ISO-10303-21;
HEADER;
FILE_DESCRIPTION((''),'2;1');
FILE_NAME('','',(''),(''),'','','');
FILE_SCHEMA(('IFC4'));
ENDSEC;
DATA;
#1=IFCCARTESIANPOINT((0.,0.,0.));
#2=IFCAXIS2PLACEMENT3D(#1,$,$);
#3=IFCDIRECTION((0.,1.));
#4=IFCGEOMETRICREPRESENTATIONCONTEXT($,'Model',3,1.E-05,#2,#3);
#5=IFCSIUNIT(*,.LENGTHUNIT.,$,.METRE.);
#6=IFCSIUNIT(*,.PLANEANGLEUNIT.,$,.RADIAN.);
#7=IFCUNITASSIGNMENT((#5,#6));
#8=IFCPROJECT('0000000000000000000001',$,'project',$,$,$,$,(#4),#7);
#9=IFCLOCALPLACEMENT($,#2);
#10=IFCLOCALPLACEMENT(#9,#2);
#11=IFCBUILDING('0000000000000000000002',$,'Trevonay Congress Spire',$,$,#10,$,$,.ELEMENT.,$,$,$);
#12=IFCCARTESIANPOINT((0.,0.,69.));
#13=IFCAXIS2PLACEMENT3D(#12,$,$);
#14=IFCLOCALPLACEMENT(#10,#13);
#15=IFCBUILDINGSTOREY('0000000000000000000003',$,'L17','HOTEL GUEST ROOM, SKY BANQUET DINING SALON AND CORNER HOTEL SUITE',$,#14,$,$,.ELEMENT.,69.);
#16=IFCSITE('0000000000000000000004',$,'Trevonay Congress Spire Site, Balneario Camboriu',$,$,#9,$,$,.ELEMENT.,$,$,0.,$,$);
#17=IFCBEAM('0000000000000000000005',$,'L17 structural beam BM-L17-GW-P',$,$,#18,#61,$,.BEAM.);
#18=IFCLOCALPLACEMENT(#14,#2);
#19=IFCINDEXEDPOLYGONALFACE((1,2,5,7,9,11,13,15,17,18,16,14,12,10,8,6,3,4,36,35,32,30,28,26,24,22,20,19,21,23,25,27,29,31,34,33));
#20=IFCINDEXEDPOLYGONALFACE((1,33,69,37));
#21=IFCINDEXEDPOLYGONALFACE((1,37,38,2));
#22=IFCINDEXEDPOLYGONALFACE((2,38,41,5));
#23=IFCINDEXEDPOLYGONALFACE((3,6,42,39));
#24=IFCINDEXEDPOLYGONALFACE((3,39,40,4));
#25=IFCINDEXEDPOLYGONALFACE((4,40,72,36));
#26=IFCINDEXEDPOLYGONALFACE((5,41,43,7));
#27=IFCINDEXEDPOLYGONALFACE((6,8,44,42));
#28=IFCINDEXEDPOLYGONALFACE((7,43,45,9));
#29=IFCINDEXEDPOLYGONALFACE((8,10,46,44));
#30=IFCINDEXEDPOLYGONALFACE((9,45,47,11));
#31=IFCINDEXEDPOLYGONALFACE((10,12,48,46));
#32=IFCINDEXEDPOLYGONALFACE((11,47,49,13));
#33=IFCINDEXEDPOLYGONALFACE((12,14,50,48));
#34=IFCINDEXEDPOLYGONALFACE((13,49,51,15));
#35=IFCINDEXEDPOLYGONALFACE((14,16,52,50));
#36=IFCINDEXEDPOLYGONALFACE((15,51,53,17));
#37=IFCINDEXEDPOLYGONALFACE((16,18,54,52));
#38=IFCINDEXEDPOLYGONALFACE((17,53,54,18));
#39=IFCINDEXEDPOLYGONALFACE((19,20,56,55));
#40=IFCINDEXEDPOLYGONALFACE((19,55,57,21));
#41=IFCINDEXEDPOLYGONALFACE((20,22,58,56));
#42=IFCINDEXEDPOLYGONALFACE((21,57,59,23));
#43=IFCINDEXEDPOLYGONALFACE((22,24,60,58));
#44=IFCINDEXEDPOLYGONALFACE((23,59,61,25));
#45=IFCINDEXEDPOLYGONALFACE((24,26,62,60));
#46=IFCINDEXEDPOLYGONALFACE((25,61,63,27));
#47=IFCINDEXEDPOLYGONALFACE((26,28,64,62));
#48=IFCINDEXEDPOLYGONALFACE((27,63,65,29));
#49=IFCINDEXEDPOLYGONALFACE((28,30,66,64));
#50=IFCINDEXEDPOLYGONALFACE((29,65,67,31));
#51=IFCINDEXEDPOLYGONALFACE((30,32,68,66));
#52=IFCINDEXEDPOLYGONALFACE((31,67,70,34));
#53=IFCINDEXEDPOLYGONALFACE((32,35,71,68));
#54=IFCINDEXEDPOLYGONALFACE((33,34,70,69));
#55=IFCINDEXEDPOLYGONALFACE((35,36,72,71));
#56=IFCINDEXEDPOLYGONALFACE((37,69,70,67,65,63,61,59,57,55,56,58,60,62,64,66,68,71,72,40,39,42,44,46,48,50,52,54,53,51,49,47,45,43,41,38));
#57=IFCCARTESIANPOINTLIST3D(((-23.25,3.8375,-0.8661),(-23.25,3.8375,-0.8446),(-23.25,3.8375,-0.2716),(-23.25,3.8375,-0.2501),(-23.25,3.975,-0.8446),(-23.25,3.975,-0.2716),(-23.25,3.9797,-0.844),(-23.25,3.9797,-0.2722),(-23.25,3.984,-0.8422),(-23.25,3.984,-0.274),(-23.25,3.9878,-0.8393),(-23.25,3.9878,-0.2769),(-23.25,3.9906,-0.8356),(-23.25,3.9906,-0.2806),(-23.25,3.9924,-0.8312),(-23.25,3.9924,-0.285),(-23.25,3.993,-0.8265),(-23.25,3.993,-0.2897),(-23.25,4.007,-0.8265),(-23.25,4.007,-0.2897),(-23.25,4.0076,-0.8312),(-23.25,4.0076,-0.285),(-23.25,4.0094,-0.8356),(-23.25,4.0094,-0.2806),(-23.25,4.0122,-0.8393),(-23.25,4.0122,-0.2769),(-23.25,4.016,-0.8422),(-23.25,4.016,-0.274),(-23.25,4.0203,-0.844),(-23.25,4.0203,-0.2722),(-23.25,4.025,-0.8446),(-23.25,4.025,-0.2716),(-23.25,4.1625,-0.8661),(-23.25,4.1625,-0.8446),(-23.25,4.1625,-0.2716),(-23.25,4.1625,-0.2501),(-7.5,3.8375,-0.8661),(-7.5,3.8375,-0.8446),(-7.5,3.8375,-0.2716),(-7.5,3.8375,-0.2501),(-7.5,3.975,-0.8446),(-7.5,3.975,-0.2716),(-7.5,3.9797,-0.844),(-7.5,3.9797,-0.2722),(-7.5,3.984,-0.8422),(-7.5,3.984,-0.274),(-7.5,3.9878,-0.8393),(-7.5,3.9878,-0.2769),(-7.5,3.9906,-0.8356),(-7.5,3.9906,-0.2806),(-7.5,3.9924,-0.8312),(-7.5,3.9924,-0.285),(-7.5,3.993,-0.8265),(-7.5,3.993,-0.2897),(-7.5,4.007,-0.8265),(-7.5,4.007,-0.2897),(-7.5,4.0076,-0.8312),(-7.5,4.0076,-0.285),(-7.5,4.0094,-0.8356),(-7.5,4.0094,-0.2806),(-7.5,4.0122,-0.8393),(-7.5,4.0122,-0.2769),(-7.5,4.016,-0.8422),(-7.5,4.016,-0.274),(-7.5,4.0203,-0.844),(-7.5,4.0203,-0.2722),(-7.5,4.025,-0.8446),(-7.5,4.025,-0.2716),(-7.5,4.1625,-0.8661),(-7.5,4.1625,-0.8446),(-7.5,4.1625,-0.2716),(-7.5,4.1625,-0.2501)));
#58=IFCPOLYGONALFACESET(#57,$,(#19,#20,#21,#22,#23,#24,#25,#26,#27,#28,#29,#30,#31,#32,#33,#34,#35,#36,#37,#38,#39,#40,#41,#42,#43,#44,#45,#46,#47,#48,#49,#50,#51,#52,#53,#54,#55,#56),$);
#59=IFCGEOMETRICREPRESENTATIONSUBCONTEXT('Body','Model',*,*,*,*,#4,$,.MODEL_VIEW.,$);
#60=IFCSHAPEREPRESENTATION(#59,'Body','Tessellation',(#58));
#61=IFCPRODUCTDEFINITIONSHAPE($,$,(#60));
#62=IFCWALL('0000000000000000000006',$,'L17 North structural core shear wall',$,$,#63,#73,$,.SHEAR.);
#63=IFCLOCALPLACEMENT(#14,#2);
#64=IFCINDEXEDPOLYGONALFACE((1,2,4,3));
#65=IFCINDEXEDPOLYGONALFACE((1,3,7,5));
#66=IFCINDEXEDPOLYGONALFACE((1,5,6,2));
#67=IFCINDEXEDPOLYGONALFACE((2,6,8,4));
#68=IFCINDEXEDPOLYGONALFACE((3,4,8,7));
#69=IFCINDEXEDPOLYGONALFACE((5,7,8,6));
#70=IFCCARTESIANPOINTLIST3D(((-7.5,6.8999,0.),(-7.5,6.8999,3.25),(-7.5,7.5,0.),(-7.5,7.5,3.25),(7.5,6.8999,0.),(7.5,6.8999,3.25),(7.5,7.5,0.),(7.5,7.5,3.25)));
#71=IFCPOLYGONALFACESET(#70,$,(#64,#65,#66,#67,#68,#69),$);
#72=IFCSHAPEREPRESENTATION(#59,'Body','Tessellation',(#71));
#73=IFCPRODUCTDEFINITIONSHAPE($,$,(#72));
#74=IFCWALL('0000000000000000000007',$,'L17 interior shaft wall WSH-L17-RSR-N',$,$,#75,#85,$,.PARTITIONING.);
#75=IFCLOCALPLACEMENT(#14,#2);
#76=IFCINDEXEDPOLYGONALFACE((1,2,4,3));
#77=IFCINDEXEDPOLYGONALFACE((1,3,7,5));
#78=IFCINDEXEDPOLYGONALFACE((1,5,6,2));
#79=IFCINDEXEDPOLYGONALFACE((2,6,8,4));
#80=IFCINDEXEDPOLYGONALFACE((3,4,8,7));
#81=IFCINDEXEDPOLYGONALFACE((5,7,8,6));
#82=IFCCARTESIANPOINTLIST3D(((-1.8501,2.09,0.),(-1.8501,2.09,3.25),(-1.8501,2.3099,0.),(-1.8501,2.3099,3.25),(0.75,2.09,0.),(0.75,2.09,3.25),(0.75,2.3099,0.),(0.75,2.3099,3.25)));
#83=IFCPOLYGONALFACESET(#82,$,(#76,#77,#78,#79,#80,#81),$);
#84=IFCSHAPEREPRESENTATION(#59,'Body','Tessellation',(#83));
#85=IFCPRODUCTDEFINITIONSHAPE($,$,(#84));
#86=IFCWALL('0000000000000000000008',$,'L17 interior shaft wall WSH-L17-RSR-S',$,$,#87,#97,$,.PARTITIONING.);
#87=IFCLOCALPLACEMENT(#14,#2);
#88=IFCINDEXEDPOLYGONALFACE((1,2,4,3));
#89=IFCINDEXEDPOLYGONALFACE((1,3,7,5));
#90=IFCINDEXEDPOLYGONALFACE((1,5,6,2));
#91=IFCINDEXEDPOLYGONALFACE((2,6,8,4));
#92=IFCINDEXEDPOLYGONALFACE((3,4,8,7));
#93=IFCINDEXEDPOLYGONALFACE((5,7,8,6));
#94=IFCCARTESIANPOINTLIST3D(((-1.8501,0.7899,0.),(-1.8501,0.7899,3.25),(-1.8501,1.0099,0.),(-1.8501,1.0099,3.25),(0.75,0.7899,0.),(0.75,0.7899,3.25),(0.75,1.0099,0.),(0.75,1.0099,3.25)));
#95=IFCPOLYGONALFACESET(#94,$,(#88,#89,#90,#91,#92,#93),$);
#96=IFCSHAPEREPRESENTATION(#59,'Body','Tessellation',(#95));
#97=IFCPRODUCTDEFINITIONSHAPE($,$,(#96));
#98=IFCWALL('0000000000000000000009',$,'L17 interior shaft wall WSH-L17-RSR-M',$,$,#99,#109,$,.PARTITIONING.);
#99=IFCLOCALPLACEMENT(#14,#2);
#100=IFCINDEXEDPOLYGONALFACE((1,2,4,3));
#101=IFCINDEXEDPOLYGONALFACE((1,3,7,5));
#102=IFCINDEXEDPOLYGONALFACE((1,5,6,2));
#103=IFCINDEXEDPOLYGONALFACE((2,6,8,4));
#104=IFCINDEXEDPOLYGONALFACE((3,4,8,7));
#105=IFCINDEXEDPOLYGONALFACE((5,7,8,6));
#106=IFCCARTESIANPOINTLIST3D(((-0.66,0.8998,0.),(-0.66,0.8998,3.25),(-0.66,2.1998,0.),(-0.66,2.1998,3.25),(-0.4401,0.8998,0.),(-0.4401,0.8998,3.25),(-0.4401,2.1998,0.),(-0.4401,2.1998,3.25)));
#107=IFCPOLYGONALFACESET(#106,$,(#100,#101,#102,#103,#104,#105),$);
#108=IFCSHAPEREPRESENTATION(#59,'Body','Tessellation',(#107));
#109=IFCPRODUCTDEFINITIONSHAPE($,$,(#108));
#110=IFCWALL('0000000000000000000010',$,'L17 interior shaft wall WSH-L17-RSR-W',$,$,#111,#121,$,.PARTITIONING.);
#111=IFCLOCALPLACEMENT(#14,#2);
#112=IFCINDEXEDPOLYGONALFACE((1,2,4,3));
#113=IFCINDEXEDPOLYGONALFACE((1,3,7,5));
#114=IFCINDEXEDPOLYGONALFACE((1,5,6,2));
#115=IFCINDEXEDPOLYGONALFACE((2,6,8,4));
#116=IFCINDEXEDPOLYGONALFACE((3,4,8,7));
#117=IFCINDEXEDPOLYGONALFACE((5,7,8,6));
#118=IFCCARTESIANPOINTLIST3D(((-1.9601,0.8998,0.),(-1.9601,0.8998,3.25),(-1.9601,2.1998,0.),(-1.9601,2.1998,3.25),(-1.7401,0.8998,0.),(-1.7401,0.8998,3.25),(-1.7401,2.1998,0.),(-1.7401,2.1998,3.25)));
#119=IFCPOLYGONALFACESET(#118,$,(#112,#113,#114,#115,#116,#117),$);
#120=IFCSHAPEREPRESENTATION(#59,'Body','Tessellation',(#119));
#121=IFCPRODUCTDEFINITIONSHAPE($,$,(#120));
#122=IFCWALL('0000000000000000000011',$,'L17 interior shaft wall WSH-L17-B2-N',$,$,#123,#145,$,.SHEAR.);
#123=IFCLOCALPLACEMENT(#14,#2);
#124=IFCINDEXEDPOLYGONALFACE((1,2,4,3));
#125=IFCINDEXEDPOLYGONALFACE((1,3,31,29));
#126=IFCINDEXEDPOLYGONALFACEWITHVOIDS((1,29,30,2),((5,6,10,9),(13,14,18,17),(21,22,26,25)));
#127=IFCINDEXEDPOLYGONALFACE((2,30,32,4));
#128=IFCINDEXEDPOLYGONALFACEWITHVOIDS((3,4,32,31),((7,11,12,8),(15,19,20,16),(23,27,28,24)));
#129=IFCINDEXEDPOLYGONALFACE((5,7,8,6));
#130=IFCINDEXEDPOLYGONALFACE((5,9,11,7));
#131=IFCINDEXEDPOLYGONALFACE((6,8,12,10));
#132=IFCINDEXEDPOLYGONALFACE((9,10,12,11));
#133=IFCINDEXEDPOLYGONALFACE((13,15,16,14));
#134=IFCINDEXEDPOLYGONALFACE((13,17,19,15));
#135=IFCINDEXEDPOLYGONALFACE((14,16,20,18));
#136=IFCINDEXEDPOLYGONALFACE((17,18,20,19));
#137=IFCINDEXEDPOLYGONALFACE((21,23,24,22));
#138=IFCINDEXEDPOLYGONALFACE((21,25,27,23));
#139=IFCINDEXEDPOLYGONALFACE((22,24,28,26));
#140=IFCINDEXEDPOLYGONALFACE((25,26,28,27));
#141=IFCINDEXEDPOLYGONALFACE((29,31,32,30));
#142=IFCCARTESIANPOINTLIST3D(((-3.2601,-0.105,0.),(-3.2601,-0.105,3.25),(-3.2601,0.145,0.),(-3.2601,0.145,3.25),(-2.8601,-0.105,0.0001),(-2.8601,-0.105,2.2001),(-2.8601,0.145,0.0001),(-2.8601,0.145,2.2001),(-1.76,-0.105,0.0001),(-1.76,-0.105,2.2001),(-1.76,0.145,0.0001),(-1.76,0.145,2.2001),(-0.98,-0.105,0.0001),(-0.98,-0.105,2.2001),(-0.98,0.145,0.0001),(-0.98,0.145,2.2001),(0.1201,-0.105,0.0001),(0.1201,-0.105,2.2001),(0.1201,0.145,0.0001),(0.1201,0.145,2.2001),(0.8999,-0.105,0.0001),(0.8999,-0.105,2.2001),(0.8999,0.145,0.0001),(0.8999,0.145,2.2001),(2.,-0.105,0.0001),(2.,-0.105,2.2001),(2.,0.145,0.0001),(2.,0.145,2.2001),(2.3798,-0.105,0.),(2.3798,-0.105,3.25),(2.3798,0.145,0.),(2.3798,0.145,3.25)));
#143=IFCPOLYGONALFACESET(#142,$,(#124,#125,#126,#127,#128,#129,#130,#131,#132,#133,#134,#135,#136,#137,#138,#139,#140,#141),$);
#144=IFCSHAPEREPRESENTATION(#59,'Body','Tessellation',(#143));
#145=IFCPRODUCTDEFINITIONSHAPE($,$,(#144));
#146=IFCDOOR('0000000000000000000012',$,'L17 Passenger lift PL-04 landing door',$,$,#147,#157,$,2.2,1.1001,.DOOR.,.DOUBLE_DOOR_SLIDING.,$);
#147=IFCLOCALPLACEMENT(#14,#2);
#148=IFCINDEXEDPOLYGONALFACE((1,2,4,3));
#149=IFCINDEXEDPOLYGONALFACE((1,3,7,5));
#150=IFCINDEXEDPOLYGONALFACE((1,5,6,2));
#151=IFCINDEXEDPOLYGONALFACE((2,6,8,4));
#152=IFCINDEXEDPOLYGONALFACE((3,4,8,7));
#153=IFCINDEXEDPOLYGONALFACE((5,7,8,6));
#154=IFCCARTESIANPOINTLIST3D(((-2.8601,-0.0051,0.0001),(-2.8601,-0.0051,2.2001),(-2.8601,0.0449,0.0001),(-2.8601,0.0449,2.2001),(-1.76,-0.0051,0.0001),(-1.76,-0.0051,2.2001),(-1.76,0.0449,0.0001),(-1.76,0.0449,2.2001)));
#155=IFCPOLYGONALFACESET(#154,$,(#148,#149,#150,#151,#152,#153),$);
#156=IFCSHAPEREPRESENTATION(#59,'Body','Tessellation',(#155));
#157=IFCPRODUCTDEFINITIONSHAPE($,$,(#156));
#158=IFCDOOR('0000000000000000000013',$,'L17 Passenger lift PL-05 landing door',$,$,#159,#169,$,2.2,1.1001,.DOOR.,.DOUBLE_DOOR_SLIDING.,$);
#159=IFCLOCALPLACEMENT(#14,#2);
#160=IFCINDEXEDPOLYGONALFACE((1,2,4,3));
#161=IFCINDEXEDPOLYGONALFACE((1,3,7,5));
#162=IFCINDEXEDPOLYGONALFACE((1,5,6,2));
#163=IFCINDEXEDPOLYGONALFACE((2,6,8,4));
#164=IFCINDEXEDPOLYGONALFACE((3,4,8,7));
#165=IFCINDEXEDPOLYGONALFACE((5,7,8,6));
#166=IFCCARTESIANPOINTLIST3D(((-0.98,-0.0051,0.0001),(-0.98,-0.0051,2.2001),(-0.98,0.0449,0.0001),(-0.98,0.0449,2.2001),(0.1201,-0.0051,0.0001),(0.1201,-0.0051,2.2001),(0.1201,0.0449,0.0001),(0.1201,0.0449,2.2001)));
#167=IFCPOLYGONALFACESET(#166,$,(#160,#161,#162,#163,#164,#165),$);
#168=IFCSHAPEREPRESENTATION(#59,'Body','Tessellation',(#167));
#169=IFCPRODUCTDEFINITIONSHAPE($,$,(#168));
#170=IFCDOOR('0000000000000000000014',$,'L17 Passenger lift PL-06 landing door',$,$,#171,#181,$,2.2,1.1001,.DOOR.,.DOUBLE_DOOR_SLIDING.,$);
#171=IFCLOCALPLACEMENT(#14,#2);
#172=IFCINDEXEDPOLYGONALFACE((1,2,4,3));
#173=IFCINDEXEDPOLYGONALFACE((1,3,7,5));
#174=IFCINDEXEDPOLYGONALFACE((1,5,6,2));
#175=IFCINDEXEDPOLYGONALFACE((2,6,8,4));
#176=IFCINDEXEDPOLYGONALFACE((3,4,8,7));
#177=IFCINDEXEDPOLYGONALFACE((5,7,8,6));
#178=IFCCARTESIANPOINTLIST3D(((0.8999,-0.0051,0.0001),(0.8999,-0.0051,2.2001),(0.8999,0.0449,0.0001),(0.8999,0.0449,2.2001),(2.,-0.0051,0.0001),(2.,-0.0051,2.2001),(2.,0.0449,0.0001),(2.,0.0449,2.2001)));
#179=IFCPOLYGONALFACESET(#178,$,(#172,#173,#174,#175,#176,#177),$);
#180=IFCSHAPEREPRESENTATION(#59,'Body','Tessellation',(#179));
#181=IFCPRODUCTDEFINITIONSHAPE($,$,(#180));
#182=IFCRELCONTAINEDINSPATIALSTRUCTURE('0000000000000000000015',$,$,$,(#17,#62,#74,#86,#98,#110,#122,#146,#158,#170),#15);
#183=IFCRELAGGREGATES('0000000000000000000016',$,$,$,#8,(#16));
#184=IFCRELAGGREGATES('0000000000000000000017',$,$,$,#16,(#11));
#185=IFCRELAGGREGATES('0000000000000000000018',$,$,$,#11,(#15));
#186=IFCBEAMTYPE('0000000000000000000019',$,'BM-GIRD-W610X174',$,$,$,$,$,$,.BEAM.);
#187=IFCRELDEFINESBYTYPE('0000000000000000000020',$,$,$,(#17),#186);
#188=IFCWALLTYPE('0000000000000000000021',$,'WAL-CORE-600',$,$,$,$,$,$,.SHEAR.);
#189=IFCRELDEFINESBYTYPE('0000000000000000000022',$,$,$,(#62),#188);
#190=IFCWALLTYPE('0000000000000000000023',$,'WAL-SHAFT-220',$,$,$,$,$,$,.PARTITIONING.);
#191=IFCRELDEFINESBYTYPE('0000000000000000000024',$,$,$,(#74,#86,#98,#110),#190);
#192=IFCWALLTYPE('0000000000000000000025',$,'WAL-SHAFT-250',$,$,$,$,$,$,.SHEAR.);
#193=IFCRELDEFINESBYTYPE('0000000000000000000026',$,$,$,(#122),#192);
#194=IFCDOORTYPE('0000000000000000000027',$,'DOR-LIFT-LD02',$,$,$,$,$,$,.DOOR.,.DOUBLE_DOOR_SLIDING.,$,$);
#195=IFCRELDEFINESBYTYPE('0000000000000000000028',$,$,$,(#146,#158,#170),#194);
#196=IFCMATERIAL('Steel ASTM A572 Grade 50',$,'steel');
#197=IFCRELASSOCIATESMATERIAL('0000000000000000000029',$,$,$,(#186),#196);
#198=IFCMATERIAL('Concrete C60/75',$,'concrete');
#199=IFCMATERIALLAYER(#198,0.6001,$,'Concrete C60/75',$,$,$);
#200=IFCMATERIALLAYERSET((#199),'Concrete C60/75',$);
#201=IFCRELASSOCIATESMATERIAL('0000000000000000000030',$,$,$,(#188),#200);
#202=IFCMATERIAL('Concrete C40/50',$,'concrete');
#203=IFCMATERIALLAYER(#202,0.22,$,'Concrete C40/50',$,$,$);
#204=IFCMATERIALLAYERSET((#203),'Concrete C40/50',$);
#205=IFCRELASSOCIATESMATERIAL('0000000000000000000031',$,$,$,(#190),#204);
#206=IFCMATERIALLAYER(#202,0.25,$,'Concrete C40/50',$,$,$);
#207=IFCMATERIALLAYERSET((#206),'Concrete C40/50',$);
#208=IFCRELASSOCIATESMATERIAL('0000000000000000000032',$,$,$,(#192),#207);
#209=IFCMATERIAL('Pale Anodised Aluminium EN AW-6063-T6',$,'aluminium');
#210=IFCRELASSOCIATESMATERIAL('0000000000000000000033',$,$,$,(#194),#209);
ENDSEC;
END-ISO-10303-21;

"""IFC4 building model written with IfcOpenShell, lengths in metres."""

from ifc_helpers import new_model, si_unit, direction, frame, frame_2d, origin, origin_2d, place, context, subcontext, project, spatial, rectangle, i_section, extrude, material, layer, layer_set, material_profile, profile_set, type_object, element, fill, save


model = new_model("IFC4")

# Units and contexts
model_context = context("Model", 3, precision=1e-05, world=origin(), true_north=direction((0.0, 1.0)))
body_context = subcontext(model_context, "Body", "Model", "MODEL_VIEW")
ifc_project = project(units=[si_unit("LENGTHUNIT", "METRE"), si_unit("PLANEANGLEUNIT", "RADIAN")], contexts=[model_context])

# Site, building, storey
site_placement = place(None, origin())
site = spatial("IfcSite", under=ifc_project, at=site_placement, Name="Trevonay Congress Spire Site, Balneario Camboriu", CompositionType="ELEMENT", RefElevation=0.0)
building_placement = place(site_placement, origin())
building = spatial("IfcBuilding", under=site, at=building_placement, Name="Trevonay Congress Spire", CompositionType="ELEMENT")
storey_placement = place(building_placement, frame((0.0, 0.0, 69.0)))
storey = spatial("IfcBuildingStorey", under=building, at=storey_placement, Name="L17", Description="HOTEL GUEST ROOM, SKY BANQUET DINING SALON AND CORNER HOTEL SUITE", CompositionType="ELEMENT", Elevation=69.0)

# Beam
ifc_material_1 = material(Name="Steel ASTM A572 Grade 50", Category="steel")
ifc_material_profile = material_profile(ifc_material_1, i_section(OverallWidth=0.325, OverallDepth=0.616, WebThickness=0.0139, FlangeThickness=0.0215, FilletRadius=0.0181, at=origin_2d()), Name="W610x174")
ifc_profile_set = profile_set([ifc_material_profile], Name="Steel ASTM A572 Grade 50")
beam_type = type_object("IfcBeamType", Name="BM-GIRD-W610X174", PredefinedType="BEAM", material=ifc_profile_set)
beam_placement = place(storey_placement, frame((-7.5, 4.0, -0.5581), z_axis=(-1.0, 0.0, 0.0), x_axis=(0.0, -1.0, 0.0)))
element("IfcBeam", 1, at=beam_placement, inside=storey, type_object=beam_type, Name="L17 structural beam BM-L17-GW-P", PredefinedType="BEAM", context=body_context, shape_type="SweptSolid", body=[
    extrude(i_section(OverallWidth=0.325, OverallDepth=0.616, WebThickness=0.0139, FlangeThickness=0.0215, FilletRadius=0.0181, at=origin_2d()), origin(), (0.0, 0.0, 1.0), 15.75),
])

# Walls
ifc_material_2 = material(Name="Concrete C60/75", Category="concrete")
ifc_layer_1 = layer(ifc_material_2, 0.6001, Name="Concrete C60/75")
ifc_layer_set_1 = layer_set([ifc_layer_1], Name="Concrete C60/75")
wall_type_1 = type_object("IfcWallType", Name="WAL-CORE-600", PredefinedType="SHEAR", material=ifc_layer_set_1)
wall_1_placement = place(storey_placement, frame((-7.5, 7.2, 0.0), z_axis=(0.0, 0.0, 1.0), x_axis=(1.0, 0.0, 0.0)))
element("IfcWall", 2, at=wall_1_placement, inside=storey, type_object=wall_type_1, Name="L17 North structural core shear wall", PredefinedType="SHEAR", context=body_context, shape_type="SweptSolid", body=[
    extrude(rectangle(XDim=15.0, YDim=0.6001, at=frame_2d((7.5, 0.0))), origin(), (0.0, 0.0, 1.0), 3.25),
])
ifc_material_3 = material(Name="Concrete C40/50", Category="concrete")
ifc_layer_2 = layer(ifc_material_3, 0.22, Name="Concrete C40/50")
ifc_layer_set_2 = layer_set([ifc_layer_2], Name="Concrete C40/50")
wall_type_2 = type_object("IfcWallType", Name="WAL-SHAFT-220", PredefinedType="PARTITIONING", material=ifc_layer_set_2)
for number, where, z_axis, x_axis, name in (
    (3, (-1.8501, 2.2, 0.0), (0.0, 0.0, 1.0), (1.0, 0.0, 0.0), "L17 interior shaft wall WSH-L17-RSR-N"),
    (4, (-1.8501, 0.8999, 0.0), (0.0, 0.0, 1.0), (1.0, 0.0, 0.0), "L17 interior shaft wall WSH-L17-RSR-S"),
):
    element("IfcWall", number, at=place(storey_placement, frame(where, z_axis=z_axis, x_axis=x_axis)), inside=storey, type_object=wall_type_2, Name=name, PredefinedType="PARTITIONING", context=body_context, shape_type="SweptSolid", body=[
        extrude(rectangle(XDim=2.6001, YDim=0.22, at=frame_2d((1.3, 0.0))), origin(), (0.0, 0.0, 1.0), 3.25),
    ])
for number, where, z_axis, x_axis, name in (
    (5, (-0.55, 0.8999, 0.0), (0.0, 0.0, 1.0), (0.0, 1.0, 0.0), "L17 interior shaft wall WSH-L17-RSR-M"),
    (6, (-1.8501, 0.8999, 0.0), (0.0, 0.0, 1.0), (0.0, 1.0, 0.0), "L17 interior shaft wall WSH-L17-RSR-W"),
):
    element("IfcWall", number, at=place(storey_placement, frame(where, z_axis=z_axis, x_axis=x_axis)), inside=storey, type_object=wall_type_2, Name=name, PredefinedType="PARTITIONING", context=body_context, shape_type="SweptSolid", body=[
        extrude(rectangle(XDim=1.3, YDim=0.22, at=frame_2d((0.6499, 0.0))), origin(), (0.0, 0.0, 1.0), 3.25),
    ])

# Wall, openings, doors
ifc_layer_3 = layer(ifc_material_3, 0.25, Name="Concrete C40/50")
ifc_layer_set_3 = layer_set([ifc_layer_3], Name="Concrete C40/50")
wall_type_3 = type_object("IfcWallType", Name="WAL-SHAFT-250", PredefinedType="SHEAR", material=ifc_layer_set_3)
wall_2_placement = place(storey_placement, frame((-3.26, 0.02, 0.0), z_axis=(0.0, 0.0, 1.0), x_axis=(1.0, 0.0, 0.0)))
wall_2 = element("IfcWall", 7, at=wall_2_placement, inside=storey, type_object=wall_type_3, Name="L17 interior shaft wall WSH-L17-B2-N", PredefinedType="SHEAR", context=body_context, shape_type="SweptSolid", body=[
    extrude(rectangle(XDim=5.6399, YDim=0.25, at=frame_2d((2.8198, 0.0))), origin(), (0.0, 0.0, 1.0), 3.25),
])
opening_1_placement = place(wall_2_placement, frame((0.3999, 0.0, 0.0)))
opening_1 = element("IfcOpeningElement", 8, at=opening_1_placement, cuts=wall_2, PredefinedType="OPENING", context=body_context, shape_type="SweptSolid", body=[
    extrude(rectangle(XDim=1.1001, YDim=2.2, at=frame_2d((0.55, 1.1001))), frame((0.0, 0.135, 0.0), z_axis=(0.0, -1.0, 0.0), x_axis=(1.0, 0.0, 0.0)), (0.0, 0.0, 1.0), 0.27),
])
opening_2_placement = place(wall_2_placement, frame((2.28, 0.0, 0.0)))
opening_2 = element("IfcOpeningElement", 9, at=opening_2_placement, cuts=wall_2, PredefinedType="OPENING", context=body_context, shape_type="SweptSolid", body=[
    extrude(rectangle(XDim=1.1001, YDim=2.2, at=frame_2d((0.55, 1.1001))), frame((0.0, 0.135, 0.0), z_axis=(0.0, -1.0, 0.0), x_axis=(1.0, 0.0, 0.0)), (0.0, 0.0, 1.0), 0.27),
])
opening_3_placement = place(wall_2_placement, frame((4.1599, 0.0, 0.0)))
opening_3 = element("IfcOpeningElement", 10, at=opening_3_placement, cuts=wall_2, PredefinedType="OPENING", context=body_context, shape_type="SweptSolid", body=[
    extrude(rectangle(XDim=1.1001, YDim=2.2, at=frame_2d((0.55, 1.1001))), frame((0.0, 0.135, 0.0), z_axis=(0.0, -1.0, 0.0), x_axis=(1.0, 0.0, 0.0)), (0.0, 0.0, 1.0), 0.27),
])
ifc_material_4 = material(Name="Pale Anodised Aluminium EN AW-6063-T6", Category="aluminium")
door_type_1 = type_object("IfcDoorType", Name="DOR-LIFT-LD02", OperationType="DOUBLE_DOOR_SLIDING", PredefinedType="DOOR", material=ifc_material_4)
door_1_placement = place(opening_1_placement, origin())
door_1 = element("IfcDoor", 11, at=door_1_placement, inside=storey, type_object=door_type_1, Name="L17 Passenger lift PL-04 landing door", OperationType="DOUBLE_DOOR_SLIDING", OverallHeight=2.2, OverallWidth=1.1001, PredefinedType="DOOR", context=body_context, shape_type="SweptSolid", body=[
    extrude(rectangle(XDim=1.1001, YDim=2.2, at=frame_2d((0.55, 1.1001))), frame((0.0, 0.0249, 0.0), z_axis=(0.0, -1.0, 0.0), x_axis=(1.0, 0.0, 0.0)), (0.0, 0.0, 1.0), 0.05),
])
fill(opening_1, door_1)
door_2_placement = place(opening_2_placement, origin())
door_2 = element("IfcDoor", 12, at=door_2_placement, inside=storey, type_object=door_type_1, Name="L17 Passenger lift PL-05 landing door", OperationType="DOUBLE_DOOR_SLIDING", OverallHeight=2.2, OverallWidth=1.1001, PredefinedType="DOOR", context=body_context, shape_type="SweptSolid", body=[
    extrude(rectangle(XDim=1.1001, YDim=2.2, at=frame_2d((0.55, 1.1001))), frame((0.0, 0.0249, 0.0), z_axis=(0.0, -1.0, 0.0), x_axis=(1.0, 0.0, 0.0)), (0.0, 0.0, 1.0), 0.05),
])
fill(opening_2, door_2)
door_3_placement = place(opening_3_placement, origin())
door_3 = element("IfcDoor", 13, at=door_3_placement, inside=storey, type_object=door_type_1, Name="L17 Passenger lift PL-06 landing door", OperationType="DOUBLE_DOOR_SLIDING", OverallHeight=2.2, OverallWidth=1.1001, PredefinedType="DOOR", context=body_context, shape_type="SweptSolid", body=[
    extrude(rectangle(XDim=1.1001, YDim=2.2, at=frame_2d((0.55, 1.1001))), frame((0.0, 0.0249, 0.0), z_axis=(0.0, -1.0, 0.0), x_axis=(1.0, 0.0, 0.0)), (0.0, 0.0, 1.0), 0.05),
])
fill(opening_3, door_3)

save(model, "model.ifc")
